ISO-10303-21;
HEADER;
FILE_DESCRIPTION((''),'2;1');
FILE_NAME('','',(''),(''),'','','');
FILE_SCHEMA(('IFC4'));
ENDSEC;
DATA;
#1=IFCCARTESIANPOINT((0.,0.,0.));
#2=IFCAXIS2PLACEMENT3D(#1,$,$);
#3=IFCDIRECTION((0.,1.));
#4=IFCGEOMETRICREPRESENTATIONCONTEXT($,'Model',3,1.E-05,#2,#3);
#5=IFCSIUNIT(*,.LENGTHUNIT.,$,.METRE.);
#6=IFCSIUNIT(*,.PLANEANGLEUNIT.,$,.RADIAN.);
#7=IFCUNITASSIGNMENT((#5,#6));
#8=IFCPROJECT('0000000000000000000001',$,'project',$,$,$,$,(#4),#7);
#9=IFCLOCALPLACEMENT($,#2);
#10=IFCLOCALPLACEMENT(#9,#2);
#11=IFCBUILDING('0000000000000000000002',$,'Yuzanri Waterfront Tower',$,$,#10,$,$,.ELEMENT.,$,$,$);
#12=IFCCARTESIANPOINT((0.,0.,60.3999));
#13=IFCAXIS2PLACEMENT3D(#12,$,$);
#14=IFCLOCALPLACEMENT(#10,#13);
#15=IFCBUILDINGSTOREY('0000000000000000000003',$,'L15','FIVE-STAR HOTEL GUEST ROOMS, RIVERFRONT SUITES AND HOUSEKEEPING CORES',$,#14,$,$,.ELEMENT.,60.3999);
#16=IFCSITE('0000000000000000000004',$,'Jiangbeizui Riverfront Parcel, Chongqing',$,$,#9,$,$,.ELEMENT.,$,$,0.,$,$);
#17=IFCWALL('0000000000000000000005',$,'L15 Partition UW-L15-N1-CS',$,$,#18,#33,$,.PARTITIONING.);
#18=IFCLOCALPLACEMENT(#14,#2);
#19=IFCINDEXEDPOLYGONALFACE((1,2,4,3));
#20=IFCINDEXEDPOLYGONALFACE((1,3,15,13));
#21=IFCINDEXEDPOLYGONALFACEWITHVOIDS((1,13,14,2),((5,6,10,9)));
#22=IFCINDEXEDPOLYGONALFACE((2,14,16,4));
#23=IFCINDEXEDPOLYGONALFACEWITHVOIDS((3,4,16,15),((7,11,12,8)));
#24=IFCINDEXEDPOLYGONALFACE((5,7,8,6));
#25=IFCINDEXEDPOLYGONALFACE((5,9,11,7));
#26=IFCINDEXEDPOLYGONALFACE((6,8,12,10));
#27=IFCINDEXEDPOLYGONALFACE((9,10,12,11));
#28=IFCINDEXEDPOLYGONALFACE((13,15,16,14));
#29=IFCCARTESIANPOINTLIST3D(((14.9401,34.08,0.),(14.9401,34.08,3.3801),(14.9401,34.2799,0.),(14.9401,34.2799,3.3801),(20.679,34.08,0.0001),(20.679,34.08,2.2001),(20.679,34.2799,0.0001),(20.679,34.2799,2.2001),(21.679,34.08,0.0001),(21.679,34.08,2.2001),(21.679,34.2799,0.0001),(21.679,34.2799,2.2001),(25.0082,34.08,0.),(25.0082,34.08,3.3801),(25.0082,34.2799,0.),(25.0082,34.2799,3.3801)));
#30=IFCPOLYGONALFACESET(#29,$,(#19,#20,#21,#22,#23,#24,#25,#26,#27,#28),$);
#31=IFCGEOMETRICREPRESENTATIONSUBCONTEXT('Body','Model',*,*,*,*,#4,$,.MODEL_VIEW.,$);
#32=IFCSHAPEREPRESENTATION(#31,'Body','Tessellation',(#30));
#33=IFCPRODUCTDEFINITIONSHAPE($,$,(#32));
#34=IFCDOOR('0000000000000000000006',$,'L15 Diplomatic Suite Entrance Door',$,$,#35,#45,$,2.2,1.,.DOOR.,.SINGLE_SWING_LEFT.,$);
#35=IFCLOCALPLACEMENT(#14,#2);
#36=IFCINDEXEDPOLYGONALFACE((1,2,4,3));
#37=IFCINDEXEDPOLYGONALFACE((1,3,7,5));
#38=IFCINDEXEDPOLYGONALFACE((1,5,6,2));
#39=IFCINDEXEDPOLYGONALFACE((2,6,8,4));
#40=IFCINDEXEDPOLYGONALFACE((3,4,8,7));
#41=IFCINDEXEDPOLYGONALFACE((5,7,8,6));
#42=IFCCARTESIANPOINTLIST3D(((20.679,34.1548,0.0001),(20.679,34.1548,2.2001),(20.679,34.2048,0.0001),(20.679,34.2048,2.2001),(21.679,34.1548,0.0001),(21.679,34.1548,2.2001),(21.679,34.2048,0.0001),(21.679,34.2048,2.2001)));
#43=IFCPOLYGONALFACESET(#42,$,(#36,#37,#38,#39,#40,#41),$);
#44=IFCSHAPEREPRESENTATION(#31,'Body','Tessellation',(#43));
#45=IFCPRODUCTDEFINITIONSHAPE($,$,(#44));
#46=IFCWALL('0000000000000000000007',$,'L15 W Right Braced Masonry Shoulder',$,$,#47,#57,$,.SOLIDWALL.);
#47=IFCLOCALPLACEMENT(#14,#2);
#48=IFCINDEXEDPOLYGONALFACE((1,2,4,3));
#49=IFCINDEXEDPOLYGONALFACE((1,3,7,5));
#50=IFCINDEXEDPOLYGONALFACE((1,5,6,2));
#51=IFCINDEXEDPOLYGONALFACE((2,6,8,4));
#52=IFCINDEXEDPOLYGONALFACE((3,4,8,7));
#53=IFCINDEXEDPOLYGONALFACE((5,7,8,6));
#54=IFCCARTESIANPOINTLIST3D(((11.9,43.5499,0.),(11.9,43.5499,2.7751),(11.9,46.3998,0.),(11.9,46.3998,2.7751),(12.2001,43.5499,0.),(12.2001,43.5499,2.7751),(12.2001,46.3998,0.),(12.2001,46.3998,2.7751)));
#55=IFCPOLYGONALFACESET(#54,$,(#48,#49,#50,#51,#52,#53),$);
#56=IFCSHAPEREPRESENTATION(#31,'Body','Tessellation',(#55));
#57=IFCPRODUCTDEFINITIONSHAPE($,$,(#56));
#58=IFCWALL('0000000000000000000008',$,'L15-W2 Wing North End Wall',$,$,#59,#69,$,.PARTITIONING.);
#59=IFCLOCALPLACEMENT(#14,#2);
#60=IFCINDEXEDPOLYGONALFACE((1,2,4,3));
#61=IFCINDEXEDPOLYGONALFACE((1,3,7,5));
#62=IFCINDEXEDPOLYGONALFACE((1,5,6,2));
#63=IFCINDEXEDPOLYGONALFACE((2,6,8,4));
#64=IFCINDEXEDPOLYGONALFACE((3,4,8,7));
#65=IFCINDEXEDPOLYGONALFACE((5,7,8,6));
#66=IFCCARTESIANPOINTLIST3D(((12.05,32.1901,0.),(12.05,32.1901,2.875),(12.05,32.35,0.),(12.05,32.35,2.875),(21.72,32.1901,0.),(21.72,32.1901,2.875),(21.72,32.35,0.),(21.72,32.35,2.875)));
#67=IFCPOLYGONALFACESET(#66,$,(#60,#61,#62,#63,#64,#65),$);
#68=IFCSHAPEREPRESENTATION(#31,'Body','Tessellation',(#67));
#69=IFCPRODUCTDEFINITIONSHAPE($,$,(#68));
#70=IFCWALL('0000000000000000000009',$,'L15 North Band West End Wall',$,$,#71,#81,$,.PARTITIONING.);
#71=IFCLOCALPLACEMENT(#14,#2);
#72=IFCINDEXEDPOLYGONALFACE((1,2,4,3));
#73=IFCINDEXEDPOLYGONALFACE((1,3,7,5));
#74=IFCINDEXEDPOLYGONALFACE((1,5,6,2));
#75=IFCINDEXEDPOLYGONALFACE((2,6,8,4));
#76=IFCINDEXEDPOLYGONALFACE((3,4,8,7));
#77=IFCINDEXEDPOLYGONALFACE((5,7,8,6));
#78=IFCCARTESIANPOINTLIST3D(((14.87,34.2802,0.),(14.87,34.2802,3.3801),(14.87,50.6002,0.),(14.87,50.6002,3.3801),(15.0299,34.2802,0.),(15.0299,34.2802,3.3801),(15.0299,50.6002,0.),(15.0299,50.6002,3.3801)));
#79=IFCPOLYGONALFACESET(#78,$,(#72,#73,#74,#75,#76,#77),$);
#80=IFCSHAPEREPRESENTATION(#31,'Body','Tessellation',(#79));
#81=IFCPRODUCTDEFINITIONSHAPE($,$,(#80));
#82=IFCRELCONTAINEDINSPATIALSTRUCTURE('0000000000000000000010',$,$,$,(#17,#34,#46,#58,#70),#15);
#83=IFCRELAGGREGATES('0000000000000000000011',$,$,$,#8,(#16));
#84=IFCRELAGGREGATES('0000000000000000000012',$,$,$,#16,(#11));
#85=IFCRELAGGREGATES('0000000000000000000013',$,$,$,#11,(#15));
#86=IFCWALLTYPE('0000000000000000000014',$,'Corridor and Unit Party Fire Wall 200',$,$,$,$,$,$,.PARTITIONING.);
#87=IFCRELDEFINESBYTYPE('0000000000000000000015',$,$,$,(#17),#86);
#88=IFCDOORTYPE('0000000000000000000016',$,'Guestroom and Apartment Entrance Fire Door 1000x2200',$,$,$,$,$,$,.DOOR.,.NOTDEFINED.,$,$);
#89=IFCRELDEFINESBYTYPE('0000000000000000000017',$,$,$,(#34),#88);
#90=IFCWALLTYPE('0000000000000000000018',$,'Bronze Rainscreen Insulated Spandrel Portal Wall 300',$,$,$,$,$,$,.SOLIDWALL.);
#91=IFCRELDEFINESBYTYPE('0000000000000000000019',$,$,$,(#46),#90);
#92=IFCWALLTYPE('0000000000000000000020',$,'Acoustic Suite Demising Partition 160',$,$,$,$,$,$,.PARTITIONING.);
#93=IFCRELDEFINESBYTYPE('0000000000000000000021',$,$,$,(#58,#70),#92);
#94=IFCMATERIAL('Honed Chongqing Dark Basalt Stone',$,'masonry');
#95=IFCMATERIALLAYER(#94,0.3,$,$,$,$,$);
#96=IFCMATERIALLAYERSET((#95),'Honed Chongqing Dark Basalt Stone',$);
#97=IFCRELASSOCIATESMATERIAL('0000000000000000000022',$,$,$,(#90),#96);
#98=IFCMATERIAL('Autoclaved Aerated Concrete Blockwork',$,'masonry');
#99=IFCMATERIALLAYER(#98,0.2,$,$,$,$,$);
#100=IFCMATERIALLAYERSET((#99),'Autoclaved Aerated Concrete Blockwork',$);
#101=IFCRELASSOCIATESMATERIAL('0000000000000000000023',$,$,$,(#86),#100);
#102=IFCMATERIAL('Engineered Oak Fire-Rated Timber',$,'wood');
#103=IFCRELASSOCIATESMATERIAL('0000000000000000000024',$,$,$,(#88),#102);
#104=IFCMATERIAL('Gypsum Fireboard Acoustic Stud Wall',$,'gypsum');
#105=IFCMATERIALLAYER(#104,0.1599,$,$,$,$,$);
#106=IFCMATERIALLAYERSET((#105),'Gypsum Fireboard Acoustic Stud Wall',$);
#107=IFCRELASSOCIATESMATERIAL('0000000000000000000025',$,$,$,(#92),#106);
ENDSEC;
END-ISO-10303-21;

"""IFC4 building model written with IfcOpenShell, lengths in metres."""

from ifc_helpers import new_model, si_unit, direction, frame, frame_2d, origin, place, context, subcontext, project, spatial, rectangle, extrude, source, transform, mapped, material, layer, layer_set, type_object, element, fill, save


model = new_model("IFC4")

# Units and contexts
model_context = context("Model", 3, precision=1e-05, world=origin(), true_north=direction((0.0, 1.0)))
body_context = subcontext(model_context, "Body", "Model", "MODEL_VIEW")
ifc_project = project(units=[si_unit("LENGTHUNIT", "METRE"), si_unit("PLANEANGLEUNIT", "RADIAN")], contexts=[model_context])

# Site, building, storey
site_placement = place(None, origin())
site = spatial("IfcSite", under=ifc_project, at=site_placement, Name="Jiangbeizui Riverfront Parcel, Chongqing", CompositionType="ELEMENT", RefElevation=0.0)
building_placement = place(site_placement, origin())
building = spatial("IfcBuilding", under=site, at=building_placement, Name="Yuzanri Waterfront Tower", CompositionType="ELEMENT")
storey_placement = place(building_placement, frame((0.0, 0.0, 60.3999)))
storey = spatial("IfcBuildingStorey", under=building, at=storey_placement, Name="L15", Description="FIVE-STAR HOTEL GUEST ROOMS, RIVERFRONT SUITES AND HOUSEKEEPING CORES", CompositionType="ELEMENT", Elevation=60.3999)

# Shared definitions
ifc_material_1 = material(Name="Honed Chongqing Dark Basalt Stone", Category="masonry")
ifc_layer_1 = layer(ifc_material_1, 0.3)
ifc_layer_set_1 = layer_set([ifc_layer_1], Name="Honed Chongqing Dark Basalt Stone")
wall_type_1 = type_object("IfcWallType", Name="Bronze Rainscreen Insulated Spandrel Portal Wall 300", PredefinedType="SOLIDWALL", material=ifc_layer_set_1)

# Wall, opening, door
ifc_material_2 = material(Name="Autoclaved Aerated Concrete Blockwork", Category="masonry")
ifc_layer_2 = layer(ifc_material_2, 0.2)
ifc_layer_set_2 = layer_set([ifc_layer_2], Name="Autoclaved Aerated Concrete Blockwork")
wall_type_2 = type_object("IfcWallType", Name="Corridor and Unit Party Fire Wall 200", PredefinedType="PARTITIONING", material=ifc_layer_set_2)
wall_1_placement = place(storey_placement, frame((14.9399, 34.1799, 0.0), z_axis=(0.0, 0.0, 1.0), x_axis=(1.0, 0.0, 0.0)))
wall_1 = element("IfcWall", 1, at=wall_1_placement, inside=storey, type_object=wall_type_2, Name="L15 Partition UW-L15-N1-CS", PredefinedType="PARTITIONING", context=body_context, shape_type="SweptSolid", body=[
    extrude(rectangle(XDim=10.0681, YDim=0.2, at=frame_2d((5.0342, 0.0))), origin(), (0.0, 0.0, 1.0), 3.3801),
])
opening_1_placement = place(wall_1_placement, frame((5.739, 0.0, 0.0)))
opening_1 = element("IfcOpeningElement", 2, at=opening_1_placement, cuts=wall_1, PredefinedType="OPENING", context=body_context, shape_type="SweptSolid", body=[
    extrude(rectangle(XDim=1.0, YDim=2.2, at=frame_2d((0.5, 1.1001))), frame((0.0, 0.1147, 0.0), z_axis=(0.0, -1.0, 0.0), x_axis=(1.0, 0.0, 0.0)), (0.0, 0.0, 1.0), 0.2297),
])
ifc_material_3 = material(Name="Engineered Oak Fire-Rated Timber", Category="wood")
door_type_1 = type_object("IfcDoorType", Name="Guestroom and Apartment Entrance Fire Door 1000x2200", OperationType="NOTDEFINED", PredefinedType="DOOR", material=ifc_material_3)
shared_shape_1 = source(origin(), body_context, "Body", "SweptSolid", [
    extrude(rectangle(XDim=1.0, YDim=2.2, at=frame_2d((0.5, 1.1001))), frame((0.0, 0.0249, 0.0), z_axis=(0.0, -1.0, 0.0), x_axis=(1.0, 0.0, 0.0)), (0.0, 0.0, 1.0), 0.05),
])
door_1_placement = place(opening_1_placement, origin())
door_1 = element("IfcDoor", 3, at=door_1_placement, inside=storey, type_object=door_type_1, Name="L15 Diplomatic Suite Entrance Door", OperationType="SINGLE_SWING_LEFT", OverallHeight=2.2, OverallWidth=1.0, PredefinedType="DOOR", context=body_context, shape_type="MappedRepresentation", body=[
    mapped(shared_shape_1, transform((0.0, 0.0, 0.0), scale=1.0)),
])
fill(opening_1, door_1)

# Walls
shared_shape_2 = source(origin(), body_context, "Body", "SweptSolid", [
    extrude(rectangle(XDim=2.8499, YDim=0.3, at=frame_2d((1.4248, 0.0))), origin(), (0.0, 0.0, 1.0), 2.7751),
])
wall_2_placement = place(storey_placement, frame((12.05, 43.55, 0.0), z_axis=(0.0, 0.0, 1.0), x_axis=(0.0, 1.0, 0.0)))
element("IfcWall", 4, at=wall_2_placement, inside=storey, type_object=wall_type_1, Name="L15 W Right Braced Masonry Shoulder", PredefinedType="SOLIDWALL", context=body_context, shape_type="MappedRepresentation", body=[
    mapped(shared_shape_2, transform((0.0, 0.0, 0.0), scale=1.0)),
])
ifc_material_4 = material(Name="Gypsum Fireboard Acoustic Stud Wall", Category="gypsum")
ifc_layer_3 = layer(ifc_material_4, 0.1599)
ifc_layer_set_3 = layer_set([ifc_layer_3], Name="Gypsum Fireboard Acoustic Stud Wall")
wall_type_3 = type_object("IfcWallType", Name="Acoustic Suite Demising Partition 160", PredefinedType="PARTITIONING", material=ifc_layer_set_3)
shared_shape_3 = source(origin(), body_context, "Body", "SweptSolid", [
    extrude(rectangle(XDim=9.6699, YDim=0.1599, at=frame_2d((4.835, 0.0))), origin(), (0.0, 0.0, 1.0), 2.875),
])
wall_3_placement = place(storey_placement, frame((12.05, 32.27, 0.0), z_axis=(0.0, 0.0, 1.0), x_axis=(1.0, 0.0, 0.0)))
element("IfcWall", 5, at=wall_3_placement, inside=storey, type_object=wall_type_3, Name="L15-W2 Wing North End Wall", PredefinedType="PARTITIONING", context=body_context, shape_type="MappedRepresentation", body=[
    mapped(shared_shape_3, transform((0.0, 0.0, 0.0), scale=1.0)),
])
shared_shape_4 = source(origin(), body_context, "Body", "SweptSolid", [
    extrude(rectangle(XDim=16.3201, YDim=0.1599, at=frame_2d((8.1602, 0.0))), origin(), (0.0, 0.0, 1.0), 3.3801),
])
wall_4_placement = place(storey_placement, frame((14.95, 34.28, 0.0), z_axis=(0.0, 0.0, 1.0), x_axis=(0.0, 1.0, 0.0)))
element("IfcWall", 6, at=wall_4_placement, inside=storey, type_object=wall_type_3, Name="L15 North Band West End Wall", PredefinedType="PARTITIONING", context=body_context, shape_type="MappedRepresentation", body=[
    mapped(shared_shape_4, transform((0.0, 0.0, 0.0), scale=1.0)),
])

save(model, "model.ifc")
